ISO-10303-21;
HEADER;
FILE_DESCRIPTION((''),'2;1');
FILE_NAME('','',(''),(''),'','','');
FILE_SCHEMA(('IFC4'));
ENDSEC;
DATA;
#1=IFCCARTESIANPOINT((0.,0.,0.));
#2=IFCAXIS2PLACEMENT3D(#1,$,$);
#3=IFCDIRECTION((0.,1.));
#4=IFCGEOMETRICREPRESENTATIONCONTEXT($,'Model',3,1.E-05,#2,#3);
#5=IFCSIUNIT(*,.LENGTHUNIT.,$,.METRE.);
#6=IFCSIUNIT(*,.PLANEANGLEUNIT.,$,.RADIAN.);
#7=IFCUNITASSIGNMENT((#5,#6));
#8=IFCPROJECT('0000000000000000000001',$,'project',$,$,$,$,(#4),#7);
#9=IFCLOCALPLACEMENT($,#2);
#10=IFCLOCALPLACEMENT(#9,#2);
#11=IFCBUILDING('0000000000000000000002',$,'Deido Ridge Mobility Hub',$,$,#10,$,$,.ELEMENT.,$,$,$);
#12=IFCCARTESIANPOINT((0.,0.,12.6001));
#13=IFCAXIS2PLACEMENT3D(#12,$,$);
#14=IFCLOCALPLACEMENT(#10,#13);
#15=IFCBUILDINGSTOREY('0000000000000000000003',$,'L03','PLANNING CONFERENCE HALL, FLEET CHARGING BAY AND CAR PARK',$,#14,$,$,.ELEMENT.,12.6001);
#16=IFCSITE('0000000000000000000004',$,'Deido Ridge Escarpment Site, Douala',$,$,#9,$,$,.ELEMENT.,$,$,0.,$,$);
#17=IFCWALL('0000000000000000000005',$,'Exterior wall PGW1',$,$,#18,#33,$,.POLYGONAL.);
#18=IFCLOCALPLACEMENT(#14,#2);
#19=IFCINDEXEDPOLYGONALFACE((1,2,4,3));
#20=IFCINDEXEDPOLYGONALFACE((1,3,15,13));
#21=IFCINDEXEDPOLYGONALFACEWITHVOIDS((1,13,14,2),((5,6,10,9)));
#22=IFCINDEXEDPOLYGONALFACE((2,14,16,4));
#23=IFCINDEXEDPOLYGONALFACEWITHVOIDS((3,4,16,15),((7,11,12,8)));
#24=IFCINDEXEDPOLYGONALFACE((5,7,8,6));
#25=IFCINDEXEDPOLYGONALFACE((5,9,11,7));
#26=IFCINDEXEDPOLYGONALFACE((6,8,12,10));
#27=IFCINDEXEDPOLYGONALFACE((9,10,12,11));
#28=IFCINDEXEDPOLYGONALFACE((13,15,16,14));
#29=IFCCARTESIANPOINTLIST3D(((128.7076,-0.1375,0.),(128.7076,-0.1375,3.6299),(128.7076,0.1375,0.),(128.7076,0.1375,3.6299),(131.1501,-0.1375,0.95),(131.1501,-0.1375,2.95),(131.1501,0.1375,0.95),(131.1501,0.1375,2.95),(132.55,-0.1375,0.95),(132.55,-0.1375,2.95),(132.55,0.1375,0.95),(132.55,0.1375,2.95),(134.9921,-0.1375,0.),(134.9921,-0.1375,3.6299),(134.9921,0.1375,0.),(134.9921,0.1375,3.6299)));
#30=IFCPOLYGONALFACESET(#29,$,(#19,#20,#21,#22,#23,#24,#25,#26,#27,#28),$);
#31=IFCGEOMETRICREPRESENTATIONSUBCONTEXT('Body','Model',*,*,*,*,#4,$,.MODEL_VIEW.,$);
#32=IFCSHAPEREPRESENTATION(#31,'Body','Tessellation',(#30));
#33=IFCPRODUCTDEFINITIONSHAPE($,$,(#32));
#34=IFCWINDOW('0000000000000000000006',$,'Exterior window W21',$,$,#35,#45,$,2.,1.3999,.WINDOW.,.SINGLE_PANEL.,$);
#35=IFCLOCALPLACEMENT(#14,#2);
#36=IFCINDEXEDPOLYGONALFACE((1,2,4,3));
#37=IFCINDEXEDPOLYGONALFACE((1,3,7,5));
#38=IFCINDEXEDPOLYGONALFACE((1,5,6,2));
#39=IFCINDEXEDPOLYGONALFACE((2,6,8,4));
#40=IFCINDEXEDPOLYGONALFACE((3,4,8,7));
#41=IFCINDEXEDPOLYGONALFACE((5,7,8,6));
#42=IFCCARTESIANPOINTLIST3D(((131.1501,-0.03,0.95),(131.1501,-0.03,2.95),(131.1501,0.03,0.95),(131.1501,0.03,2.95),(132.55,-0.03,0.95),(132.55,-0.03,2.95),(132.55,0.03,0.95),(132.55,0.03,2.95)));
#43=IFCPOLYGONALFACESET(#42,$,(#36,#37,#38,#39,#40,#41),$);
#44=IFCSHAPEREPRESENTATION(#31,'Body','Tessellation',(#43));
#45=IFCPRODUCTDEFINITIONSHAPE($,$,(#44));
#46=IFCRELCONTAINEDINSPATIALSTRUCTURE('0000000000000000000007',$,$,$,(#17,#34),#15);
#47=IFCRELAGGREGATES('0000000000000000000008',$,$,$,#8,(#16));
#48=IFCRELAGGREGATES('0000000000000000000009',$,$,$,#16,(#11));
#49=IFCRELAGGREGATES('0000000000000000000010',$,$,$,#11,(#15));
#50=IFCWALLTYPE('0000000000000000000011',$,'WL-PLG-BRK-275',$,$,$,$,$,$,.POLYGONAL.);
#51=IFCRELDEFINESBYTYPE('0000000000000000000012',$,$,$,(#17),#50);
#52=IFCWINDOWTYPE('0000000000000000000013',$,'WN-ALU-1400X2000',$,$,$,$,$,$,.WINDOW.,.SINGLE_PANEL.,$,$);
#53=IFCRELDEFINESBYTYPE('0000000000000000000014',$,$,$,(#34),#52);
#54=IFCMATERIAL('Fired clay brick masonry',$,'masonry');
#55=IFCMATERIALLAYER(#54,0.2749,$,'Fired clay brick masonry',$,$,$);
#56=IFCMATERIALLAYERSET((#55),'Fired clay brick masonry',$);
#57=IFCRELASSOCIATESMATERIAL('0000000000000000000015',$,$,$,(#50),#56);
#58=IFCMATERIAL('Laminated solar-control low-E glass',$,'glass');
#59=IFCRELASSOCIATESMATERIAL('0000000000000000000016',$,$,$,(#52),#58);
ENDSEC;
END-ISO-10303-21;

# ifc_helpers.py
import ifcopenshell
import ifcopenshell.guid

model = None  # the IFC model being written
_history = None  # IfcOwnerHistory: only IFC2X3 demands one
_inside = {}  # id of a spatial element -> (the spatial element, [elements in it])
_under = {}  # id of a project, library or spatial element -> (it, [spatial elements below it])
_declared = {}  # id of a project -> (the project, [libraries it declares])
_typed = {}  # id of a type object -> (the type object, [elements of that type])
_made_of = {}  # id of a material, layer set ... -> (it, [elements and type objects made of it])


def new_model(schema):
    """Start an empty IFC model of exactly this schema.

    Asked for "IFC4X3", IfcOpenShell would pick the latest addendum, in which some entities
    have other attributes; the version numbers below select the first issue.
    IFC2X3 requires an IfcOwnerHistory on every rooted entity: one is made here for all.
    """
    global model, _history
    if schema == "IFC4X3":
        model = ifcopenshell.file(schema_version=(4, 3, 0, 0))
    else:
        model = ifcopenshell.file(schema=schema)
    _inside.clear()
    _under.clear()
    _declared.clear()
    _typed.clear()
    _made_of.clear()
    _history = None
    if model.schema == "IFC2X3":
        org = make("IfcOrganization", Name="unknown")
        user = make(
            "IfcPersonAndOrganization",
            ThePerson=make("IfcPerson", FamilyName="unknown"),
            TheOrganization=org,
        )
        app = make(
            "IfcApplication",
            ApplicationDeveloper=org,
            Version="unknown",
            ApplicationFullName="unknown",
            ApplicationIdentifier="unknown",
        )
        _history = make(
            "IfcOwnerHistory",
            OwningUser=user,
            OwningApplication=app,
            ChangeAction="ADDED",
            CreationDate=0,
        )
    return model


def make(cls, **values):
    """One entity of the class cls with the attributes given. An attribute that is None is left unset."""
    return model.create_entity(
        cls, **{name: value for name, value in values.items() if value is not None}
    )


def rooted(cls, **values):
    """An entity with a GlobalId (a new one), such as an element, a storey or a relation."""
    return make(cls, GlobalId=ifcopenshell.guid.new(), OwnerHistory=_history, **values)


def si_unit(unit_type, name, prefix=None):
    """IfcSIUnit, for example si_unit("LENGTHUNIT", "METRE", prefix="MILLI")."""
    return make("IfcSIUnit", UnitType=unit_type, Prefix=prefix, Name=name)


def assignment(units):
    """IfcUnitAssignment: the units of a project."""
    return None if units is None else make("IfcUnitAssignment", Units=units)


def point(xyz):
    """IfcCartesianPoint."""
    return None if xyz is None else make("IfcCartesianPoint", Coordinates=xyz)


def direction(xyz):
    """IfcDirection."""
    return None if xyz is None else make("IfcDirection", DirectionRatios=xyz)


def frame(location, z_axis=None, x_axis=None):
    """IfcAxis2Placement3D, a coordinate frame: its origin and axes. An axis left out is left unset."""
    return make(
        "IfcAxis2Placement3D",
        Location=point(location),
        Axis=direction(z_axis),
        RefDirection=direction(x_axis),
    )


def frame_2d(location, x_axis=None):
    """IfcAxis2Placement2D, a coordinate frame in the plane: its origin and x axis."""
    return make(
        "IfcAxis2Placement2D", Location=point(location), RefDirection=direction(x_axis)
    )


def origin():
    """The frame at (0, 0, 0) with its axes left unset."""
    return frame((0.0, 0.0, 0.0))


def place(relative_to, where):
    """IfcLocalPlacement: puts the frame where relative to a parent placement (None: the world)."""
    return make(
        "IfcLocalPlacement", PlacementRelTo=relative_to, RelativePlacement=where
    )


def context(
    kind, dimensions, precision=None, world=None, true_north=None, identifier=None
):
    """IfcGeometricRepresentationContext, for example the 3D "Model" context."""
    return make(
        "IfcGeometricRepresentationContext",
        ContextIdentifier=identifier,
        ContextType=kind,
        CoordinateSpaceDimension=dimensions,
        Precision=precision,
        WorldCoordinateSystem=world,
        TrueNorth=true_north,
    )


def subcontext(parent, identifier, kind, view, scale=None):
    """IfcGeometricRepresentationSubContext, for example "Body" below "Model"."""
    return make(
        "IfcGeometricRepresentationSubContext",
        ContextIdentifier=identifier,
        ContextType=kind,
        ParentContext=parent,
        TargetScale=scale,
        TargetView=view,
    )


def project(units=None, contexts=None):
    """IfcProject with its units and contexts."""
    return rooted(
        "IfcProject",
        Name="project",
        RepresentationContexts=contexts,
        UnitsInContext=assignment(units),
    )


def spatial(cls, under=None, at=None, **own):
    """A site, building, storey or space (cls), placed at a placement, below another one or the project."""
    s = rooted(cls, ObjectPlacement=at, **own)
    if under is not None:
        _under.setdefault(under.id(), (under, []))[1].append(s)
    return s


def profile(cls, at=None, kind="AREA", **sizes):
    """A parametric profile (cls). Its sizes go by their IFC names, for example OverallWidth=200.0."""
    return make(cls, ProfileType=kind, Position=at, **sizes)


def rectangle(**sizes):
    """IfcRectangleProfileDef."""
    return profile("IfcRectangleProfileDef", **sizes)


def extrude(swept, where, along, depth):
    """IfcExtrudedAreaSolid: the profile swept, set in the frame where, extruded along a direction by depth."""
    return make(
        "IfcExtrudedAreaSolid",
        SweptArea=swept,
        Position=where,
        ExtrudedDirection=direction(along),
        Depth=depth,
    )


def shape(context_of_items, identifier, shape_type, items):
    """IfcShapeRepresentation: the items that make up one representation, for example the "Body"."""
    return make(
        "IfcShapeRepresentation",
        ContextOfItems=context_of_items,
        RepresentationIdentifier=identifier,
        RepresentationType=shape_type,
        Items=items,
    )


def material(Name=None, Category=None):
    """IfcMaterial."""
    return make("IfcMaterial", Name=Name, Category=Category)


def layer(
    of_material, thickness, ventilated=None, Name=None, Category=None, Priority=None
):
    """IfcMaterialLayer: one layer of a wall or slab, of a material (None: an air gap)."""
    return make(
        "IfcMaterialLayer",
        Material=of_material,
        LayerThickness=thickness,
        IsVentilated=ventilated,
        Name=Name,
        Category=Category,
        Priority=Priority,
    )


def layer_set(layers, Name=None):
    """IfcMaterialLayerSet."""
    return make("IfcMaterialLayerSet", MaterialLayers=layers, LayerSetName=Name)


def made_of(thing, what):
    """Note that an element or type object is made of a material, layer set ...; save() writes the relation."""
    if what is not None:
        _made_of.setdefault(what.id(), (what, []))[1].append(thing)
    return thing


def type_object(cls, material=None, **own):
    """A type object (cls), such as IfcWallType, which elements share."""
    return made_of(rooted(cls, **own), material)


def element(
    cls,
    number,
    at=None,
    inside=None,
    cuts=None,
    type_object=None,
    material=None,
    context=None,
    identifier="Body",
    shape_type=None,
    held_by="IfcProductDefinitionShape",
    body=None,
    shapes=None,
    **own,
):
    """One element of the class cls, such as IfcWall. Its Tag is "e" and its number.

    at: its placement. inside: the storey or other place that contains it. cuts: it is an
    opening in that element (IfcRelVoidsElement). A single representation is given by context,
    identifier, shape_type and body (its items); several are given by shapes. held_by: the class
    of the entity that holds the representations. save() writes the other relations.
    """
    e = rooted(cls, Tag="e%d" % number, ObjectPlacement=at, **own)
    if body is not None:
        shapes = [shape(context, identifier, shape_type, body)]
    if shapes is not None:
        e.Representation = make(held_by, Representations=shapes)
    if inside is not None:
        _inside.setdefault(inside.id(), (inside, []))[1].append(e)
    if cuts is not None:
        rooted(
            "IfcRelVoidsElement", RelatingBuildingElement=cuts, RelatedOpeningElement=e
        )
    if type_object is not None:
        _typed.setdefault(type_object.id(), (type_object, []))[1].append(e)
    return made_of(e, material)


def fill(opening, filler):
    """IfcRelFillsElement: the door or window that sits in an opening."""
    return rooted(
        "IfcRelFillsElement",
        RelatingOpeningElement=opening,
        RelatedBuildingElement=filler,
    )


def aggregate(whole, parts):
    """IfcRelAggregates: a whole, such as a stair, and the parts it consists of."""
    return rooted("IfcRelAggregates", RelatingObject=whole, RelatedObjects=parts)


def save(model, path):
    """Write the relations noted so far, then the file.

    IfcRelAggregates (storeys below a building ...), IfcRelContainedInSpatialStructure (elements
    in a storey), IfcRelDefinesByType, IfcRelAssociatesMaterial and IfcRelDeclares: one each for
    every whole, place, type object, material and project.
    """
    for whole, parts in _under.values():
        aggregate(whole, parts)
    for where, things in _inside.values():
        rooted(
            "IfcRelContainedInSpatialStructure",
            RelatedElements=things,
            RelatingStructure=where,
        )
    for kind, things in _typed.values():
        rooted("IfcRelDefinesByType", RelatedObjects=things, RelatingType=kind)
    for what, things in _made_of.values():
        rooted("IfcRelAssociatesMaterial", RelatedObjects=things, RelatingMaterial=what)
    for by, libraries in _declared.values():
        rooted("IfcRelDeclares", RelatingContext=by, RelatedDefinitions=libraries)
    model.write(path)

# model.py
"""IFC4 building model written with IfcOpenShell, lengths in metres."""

from ifc_helpers import new_model, si_unit, direction, frame, frame_2d, origin, place, context, subcontext, project, spatial, rectangle, extrude, material, layer, layer_set, type_object, element, fill, save


model = new_model("IFC4")

# Units and contexts
model_context = context("Model", 3, precision=1e-05, world=origin(), true_north=direction((0.0, 1.0)))
body_context = subcontext(model_context, "Body", "Model", "MODEL_VIEW")
ifc_project = project(units=[si_unit("LENGTHUNIT", "METRE"), si_unit("PLANEANGLEUNIT", "RADIAN")], contexts=[model_context])

# Site, building, storey
site_placement = place(None, origin())
site = spatial("IfcSite", under=ifc_project, at=site_placement, Name="Deido Ridge Escarpment Site, Douala", CompositionType="ELEMENT", RefElevation=0.0)
building_placement = place(site_placement, origin())
building = spatial("IfcBuilding", under=site, at=building_placement, Name="Deido Ridge Mobility Hub", CompositionType="ELEMENT")
storey_placement = place(building_placement, frame((0.0, 0.0, 12.6001)))
storey = spatial("IfcBuildingStorey", under=building, at=storey_placement, Name="L03", Description="PLANNING CONFERENCE HALL, FLEET CHARGING BAY AND CAR PARK", CompositionType="ELEMENT", Elevation=12.6001)

# Shared definitions
ifc_material_1 = material(Name="Laminated solar-control low-E glass", Category="glass")

# Wall, opening, window
ifc_material_2 = material(Name="Fired clay brick masonry", Category="masonry")
ifc_layer_1 = layer(ifc_material_2, 0.2749, Name="Fired clay brick masonry")
ifc_layer_set_1 = layer_set([ifc_layer_1], Name="Fired clay brick masonry")
wall_type_1 = type_object("IfcWallType", Name="WL-PLG-BRK-275", PredefinedType="POLYGONAL", material=ifc_layer_set_1)
wall_1_placement = place(storey_placement, frame((128.7078, 0.0, 0.0), z_axis=(0.0, 0.0, 1.0), x_axis=(1.0, 0.0, 0.0)))
wall_1 = element("IfcWall", 1, at=wall_1_placement, inside=storey, type_object=wall_type_1, Name="Exterior wall PGW1", PredefinedType="POLYGONAL", context=body_context, shape_type="SweptSolid", body=[
    extrude(rectangle(XDim=6.2844, YDim=0.2749, at=frame_2d((3.1421, 0.0))), origin(), (0.0, 0.0, 1.0), 3.6299),
])
opening_1_placement = place(wall_1_placement, frame((2.4424, 0.0, 0.95)))
opening_1 = element("IfcOpeningElement", 2, at=opening_1_placement, cuts=wall_1, PredefinedType="OPENING", context=body_context, shape_type="SweptSolid", body=[
    extrude(rectangle(XDim=1.3999, YDim=2.0, at=frame_2d((0.7, 1.0))), frame((0.0, 0.1475, 0.0), z_axis=(0.0, -1.0, 0.0), x_axis=(1.0, 0.0, 0.0)), (0.0, 0.0, 1.0), 0.2949),
])
window_type_1 = type_object("IfcWindowType", Name="WN-ALU-1400X2000", PartitioningType="SINGLE_PANEL", PredefinedType="WINDOW", material=ifc_material_1)
window_1_placement = place(opening_1_placement, origin())
window_1 = element("IfcWindow", 3, at=window_1_placement, inside=storey, type_object=window_type_1, Name="Exterior window W21", OverallHeight=2.0, OverallWidth=1.3999, PartitioningType="SINGLE_PANEL", PredefinedType="WINDOW", context=body_context, shape_type="SweptSolid", body=[
    extrude(rectangle(XDim=1.3999, YDim=2.0, at=frame_2d((0.7, 1.0))), frame((0.0, 0.03, 0.0), z_axis=(0.0, -1.0, 0.0), x_axis=(1.0, 0.0, 0.0)), (0.0, 0.0, 1.0), 0.0601),
])
fill(opening_1, window_1)

save(model, "model.ifc")
